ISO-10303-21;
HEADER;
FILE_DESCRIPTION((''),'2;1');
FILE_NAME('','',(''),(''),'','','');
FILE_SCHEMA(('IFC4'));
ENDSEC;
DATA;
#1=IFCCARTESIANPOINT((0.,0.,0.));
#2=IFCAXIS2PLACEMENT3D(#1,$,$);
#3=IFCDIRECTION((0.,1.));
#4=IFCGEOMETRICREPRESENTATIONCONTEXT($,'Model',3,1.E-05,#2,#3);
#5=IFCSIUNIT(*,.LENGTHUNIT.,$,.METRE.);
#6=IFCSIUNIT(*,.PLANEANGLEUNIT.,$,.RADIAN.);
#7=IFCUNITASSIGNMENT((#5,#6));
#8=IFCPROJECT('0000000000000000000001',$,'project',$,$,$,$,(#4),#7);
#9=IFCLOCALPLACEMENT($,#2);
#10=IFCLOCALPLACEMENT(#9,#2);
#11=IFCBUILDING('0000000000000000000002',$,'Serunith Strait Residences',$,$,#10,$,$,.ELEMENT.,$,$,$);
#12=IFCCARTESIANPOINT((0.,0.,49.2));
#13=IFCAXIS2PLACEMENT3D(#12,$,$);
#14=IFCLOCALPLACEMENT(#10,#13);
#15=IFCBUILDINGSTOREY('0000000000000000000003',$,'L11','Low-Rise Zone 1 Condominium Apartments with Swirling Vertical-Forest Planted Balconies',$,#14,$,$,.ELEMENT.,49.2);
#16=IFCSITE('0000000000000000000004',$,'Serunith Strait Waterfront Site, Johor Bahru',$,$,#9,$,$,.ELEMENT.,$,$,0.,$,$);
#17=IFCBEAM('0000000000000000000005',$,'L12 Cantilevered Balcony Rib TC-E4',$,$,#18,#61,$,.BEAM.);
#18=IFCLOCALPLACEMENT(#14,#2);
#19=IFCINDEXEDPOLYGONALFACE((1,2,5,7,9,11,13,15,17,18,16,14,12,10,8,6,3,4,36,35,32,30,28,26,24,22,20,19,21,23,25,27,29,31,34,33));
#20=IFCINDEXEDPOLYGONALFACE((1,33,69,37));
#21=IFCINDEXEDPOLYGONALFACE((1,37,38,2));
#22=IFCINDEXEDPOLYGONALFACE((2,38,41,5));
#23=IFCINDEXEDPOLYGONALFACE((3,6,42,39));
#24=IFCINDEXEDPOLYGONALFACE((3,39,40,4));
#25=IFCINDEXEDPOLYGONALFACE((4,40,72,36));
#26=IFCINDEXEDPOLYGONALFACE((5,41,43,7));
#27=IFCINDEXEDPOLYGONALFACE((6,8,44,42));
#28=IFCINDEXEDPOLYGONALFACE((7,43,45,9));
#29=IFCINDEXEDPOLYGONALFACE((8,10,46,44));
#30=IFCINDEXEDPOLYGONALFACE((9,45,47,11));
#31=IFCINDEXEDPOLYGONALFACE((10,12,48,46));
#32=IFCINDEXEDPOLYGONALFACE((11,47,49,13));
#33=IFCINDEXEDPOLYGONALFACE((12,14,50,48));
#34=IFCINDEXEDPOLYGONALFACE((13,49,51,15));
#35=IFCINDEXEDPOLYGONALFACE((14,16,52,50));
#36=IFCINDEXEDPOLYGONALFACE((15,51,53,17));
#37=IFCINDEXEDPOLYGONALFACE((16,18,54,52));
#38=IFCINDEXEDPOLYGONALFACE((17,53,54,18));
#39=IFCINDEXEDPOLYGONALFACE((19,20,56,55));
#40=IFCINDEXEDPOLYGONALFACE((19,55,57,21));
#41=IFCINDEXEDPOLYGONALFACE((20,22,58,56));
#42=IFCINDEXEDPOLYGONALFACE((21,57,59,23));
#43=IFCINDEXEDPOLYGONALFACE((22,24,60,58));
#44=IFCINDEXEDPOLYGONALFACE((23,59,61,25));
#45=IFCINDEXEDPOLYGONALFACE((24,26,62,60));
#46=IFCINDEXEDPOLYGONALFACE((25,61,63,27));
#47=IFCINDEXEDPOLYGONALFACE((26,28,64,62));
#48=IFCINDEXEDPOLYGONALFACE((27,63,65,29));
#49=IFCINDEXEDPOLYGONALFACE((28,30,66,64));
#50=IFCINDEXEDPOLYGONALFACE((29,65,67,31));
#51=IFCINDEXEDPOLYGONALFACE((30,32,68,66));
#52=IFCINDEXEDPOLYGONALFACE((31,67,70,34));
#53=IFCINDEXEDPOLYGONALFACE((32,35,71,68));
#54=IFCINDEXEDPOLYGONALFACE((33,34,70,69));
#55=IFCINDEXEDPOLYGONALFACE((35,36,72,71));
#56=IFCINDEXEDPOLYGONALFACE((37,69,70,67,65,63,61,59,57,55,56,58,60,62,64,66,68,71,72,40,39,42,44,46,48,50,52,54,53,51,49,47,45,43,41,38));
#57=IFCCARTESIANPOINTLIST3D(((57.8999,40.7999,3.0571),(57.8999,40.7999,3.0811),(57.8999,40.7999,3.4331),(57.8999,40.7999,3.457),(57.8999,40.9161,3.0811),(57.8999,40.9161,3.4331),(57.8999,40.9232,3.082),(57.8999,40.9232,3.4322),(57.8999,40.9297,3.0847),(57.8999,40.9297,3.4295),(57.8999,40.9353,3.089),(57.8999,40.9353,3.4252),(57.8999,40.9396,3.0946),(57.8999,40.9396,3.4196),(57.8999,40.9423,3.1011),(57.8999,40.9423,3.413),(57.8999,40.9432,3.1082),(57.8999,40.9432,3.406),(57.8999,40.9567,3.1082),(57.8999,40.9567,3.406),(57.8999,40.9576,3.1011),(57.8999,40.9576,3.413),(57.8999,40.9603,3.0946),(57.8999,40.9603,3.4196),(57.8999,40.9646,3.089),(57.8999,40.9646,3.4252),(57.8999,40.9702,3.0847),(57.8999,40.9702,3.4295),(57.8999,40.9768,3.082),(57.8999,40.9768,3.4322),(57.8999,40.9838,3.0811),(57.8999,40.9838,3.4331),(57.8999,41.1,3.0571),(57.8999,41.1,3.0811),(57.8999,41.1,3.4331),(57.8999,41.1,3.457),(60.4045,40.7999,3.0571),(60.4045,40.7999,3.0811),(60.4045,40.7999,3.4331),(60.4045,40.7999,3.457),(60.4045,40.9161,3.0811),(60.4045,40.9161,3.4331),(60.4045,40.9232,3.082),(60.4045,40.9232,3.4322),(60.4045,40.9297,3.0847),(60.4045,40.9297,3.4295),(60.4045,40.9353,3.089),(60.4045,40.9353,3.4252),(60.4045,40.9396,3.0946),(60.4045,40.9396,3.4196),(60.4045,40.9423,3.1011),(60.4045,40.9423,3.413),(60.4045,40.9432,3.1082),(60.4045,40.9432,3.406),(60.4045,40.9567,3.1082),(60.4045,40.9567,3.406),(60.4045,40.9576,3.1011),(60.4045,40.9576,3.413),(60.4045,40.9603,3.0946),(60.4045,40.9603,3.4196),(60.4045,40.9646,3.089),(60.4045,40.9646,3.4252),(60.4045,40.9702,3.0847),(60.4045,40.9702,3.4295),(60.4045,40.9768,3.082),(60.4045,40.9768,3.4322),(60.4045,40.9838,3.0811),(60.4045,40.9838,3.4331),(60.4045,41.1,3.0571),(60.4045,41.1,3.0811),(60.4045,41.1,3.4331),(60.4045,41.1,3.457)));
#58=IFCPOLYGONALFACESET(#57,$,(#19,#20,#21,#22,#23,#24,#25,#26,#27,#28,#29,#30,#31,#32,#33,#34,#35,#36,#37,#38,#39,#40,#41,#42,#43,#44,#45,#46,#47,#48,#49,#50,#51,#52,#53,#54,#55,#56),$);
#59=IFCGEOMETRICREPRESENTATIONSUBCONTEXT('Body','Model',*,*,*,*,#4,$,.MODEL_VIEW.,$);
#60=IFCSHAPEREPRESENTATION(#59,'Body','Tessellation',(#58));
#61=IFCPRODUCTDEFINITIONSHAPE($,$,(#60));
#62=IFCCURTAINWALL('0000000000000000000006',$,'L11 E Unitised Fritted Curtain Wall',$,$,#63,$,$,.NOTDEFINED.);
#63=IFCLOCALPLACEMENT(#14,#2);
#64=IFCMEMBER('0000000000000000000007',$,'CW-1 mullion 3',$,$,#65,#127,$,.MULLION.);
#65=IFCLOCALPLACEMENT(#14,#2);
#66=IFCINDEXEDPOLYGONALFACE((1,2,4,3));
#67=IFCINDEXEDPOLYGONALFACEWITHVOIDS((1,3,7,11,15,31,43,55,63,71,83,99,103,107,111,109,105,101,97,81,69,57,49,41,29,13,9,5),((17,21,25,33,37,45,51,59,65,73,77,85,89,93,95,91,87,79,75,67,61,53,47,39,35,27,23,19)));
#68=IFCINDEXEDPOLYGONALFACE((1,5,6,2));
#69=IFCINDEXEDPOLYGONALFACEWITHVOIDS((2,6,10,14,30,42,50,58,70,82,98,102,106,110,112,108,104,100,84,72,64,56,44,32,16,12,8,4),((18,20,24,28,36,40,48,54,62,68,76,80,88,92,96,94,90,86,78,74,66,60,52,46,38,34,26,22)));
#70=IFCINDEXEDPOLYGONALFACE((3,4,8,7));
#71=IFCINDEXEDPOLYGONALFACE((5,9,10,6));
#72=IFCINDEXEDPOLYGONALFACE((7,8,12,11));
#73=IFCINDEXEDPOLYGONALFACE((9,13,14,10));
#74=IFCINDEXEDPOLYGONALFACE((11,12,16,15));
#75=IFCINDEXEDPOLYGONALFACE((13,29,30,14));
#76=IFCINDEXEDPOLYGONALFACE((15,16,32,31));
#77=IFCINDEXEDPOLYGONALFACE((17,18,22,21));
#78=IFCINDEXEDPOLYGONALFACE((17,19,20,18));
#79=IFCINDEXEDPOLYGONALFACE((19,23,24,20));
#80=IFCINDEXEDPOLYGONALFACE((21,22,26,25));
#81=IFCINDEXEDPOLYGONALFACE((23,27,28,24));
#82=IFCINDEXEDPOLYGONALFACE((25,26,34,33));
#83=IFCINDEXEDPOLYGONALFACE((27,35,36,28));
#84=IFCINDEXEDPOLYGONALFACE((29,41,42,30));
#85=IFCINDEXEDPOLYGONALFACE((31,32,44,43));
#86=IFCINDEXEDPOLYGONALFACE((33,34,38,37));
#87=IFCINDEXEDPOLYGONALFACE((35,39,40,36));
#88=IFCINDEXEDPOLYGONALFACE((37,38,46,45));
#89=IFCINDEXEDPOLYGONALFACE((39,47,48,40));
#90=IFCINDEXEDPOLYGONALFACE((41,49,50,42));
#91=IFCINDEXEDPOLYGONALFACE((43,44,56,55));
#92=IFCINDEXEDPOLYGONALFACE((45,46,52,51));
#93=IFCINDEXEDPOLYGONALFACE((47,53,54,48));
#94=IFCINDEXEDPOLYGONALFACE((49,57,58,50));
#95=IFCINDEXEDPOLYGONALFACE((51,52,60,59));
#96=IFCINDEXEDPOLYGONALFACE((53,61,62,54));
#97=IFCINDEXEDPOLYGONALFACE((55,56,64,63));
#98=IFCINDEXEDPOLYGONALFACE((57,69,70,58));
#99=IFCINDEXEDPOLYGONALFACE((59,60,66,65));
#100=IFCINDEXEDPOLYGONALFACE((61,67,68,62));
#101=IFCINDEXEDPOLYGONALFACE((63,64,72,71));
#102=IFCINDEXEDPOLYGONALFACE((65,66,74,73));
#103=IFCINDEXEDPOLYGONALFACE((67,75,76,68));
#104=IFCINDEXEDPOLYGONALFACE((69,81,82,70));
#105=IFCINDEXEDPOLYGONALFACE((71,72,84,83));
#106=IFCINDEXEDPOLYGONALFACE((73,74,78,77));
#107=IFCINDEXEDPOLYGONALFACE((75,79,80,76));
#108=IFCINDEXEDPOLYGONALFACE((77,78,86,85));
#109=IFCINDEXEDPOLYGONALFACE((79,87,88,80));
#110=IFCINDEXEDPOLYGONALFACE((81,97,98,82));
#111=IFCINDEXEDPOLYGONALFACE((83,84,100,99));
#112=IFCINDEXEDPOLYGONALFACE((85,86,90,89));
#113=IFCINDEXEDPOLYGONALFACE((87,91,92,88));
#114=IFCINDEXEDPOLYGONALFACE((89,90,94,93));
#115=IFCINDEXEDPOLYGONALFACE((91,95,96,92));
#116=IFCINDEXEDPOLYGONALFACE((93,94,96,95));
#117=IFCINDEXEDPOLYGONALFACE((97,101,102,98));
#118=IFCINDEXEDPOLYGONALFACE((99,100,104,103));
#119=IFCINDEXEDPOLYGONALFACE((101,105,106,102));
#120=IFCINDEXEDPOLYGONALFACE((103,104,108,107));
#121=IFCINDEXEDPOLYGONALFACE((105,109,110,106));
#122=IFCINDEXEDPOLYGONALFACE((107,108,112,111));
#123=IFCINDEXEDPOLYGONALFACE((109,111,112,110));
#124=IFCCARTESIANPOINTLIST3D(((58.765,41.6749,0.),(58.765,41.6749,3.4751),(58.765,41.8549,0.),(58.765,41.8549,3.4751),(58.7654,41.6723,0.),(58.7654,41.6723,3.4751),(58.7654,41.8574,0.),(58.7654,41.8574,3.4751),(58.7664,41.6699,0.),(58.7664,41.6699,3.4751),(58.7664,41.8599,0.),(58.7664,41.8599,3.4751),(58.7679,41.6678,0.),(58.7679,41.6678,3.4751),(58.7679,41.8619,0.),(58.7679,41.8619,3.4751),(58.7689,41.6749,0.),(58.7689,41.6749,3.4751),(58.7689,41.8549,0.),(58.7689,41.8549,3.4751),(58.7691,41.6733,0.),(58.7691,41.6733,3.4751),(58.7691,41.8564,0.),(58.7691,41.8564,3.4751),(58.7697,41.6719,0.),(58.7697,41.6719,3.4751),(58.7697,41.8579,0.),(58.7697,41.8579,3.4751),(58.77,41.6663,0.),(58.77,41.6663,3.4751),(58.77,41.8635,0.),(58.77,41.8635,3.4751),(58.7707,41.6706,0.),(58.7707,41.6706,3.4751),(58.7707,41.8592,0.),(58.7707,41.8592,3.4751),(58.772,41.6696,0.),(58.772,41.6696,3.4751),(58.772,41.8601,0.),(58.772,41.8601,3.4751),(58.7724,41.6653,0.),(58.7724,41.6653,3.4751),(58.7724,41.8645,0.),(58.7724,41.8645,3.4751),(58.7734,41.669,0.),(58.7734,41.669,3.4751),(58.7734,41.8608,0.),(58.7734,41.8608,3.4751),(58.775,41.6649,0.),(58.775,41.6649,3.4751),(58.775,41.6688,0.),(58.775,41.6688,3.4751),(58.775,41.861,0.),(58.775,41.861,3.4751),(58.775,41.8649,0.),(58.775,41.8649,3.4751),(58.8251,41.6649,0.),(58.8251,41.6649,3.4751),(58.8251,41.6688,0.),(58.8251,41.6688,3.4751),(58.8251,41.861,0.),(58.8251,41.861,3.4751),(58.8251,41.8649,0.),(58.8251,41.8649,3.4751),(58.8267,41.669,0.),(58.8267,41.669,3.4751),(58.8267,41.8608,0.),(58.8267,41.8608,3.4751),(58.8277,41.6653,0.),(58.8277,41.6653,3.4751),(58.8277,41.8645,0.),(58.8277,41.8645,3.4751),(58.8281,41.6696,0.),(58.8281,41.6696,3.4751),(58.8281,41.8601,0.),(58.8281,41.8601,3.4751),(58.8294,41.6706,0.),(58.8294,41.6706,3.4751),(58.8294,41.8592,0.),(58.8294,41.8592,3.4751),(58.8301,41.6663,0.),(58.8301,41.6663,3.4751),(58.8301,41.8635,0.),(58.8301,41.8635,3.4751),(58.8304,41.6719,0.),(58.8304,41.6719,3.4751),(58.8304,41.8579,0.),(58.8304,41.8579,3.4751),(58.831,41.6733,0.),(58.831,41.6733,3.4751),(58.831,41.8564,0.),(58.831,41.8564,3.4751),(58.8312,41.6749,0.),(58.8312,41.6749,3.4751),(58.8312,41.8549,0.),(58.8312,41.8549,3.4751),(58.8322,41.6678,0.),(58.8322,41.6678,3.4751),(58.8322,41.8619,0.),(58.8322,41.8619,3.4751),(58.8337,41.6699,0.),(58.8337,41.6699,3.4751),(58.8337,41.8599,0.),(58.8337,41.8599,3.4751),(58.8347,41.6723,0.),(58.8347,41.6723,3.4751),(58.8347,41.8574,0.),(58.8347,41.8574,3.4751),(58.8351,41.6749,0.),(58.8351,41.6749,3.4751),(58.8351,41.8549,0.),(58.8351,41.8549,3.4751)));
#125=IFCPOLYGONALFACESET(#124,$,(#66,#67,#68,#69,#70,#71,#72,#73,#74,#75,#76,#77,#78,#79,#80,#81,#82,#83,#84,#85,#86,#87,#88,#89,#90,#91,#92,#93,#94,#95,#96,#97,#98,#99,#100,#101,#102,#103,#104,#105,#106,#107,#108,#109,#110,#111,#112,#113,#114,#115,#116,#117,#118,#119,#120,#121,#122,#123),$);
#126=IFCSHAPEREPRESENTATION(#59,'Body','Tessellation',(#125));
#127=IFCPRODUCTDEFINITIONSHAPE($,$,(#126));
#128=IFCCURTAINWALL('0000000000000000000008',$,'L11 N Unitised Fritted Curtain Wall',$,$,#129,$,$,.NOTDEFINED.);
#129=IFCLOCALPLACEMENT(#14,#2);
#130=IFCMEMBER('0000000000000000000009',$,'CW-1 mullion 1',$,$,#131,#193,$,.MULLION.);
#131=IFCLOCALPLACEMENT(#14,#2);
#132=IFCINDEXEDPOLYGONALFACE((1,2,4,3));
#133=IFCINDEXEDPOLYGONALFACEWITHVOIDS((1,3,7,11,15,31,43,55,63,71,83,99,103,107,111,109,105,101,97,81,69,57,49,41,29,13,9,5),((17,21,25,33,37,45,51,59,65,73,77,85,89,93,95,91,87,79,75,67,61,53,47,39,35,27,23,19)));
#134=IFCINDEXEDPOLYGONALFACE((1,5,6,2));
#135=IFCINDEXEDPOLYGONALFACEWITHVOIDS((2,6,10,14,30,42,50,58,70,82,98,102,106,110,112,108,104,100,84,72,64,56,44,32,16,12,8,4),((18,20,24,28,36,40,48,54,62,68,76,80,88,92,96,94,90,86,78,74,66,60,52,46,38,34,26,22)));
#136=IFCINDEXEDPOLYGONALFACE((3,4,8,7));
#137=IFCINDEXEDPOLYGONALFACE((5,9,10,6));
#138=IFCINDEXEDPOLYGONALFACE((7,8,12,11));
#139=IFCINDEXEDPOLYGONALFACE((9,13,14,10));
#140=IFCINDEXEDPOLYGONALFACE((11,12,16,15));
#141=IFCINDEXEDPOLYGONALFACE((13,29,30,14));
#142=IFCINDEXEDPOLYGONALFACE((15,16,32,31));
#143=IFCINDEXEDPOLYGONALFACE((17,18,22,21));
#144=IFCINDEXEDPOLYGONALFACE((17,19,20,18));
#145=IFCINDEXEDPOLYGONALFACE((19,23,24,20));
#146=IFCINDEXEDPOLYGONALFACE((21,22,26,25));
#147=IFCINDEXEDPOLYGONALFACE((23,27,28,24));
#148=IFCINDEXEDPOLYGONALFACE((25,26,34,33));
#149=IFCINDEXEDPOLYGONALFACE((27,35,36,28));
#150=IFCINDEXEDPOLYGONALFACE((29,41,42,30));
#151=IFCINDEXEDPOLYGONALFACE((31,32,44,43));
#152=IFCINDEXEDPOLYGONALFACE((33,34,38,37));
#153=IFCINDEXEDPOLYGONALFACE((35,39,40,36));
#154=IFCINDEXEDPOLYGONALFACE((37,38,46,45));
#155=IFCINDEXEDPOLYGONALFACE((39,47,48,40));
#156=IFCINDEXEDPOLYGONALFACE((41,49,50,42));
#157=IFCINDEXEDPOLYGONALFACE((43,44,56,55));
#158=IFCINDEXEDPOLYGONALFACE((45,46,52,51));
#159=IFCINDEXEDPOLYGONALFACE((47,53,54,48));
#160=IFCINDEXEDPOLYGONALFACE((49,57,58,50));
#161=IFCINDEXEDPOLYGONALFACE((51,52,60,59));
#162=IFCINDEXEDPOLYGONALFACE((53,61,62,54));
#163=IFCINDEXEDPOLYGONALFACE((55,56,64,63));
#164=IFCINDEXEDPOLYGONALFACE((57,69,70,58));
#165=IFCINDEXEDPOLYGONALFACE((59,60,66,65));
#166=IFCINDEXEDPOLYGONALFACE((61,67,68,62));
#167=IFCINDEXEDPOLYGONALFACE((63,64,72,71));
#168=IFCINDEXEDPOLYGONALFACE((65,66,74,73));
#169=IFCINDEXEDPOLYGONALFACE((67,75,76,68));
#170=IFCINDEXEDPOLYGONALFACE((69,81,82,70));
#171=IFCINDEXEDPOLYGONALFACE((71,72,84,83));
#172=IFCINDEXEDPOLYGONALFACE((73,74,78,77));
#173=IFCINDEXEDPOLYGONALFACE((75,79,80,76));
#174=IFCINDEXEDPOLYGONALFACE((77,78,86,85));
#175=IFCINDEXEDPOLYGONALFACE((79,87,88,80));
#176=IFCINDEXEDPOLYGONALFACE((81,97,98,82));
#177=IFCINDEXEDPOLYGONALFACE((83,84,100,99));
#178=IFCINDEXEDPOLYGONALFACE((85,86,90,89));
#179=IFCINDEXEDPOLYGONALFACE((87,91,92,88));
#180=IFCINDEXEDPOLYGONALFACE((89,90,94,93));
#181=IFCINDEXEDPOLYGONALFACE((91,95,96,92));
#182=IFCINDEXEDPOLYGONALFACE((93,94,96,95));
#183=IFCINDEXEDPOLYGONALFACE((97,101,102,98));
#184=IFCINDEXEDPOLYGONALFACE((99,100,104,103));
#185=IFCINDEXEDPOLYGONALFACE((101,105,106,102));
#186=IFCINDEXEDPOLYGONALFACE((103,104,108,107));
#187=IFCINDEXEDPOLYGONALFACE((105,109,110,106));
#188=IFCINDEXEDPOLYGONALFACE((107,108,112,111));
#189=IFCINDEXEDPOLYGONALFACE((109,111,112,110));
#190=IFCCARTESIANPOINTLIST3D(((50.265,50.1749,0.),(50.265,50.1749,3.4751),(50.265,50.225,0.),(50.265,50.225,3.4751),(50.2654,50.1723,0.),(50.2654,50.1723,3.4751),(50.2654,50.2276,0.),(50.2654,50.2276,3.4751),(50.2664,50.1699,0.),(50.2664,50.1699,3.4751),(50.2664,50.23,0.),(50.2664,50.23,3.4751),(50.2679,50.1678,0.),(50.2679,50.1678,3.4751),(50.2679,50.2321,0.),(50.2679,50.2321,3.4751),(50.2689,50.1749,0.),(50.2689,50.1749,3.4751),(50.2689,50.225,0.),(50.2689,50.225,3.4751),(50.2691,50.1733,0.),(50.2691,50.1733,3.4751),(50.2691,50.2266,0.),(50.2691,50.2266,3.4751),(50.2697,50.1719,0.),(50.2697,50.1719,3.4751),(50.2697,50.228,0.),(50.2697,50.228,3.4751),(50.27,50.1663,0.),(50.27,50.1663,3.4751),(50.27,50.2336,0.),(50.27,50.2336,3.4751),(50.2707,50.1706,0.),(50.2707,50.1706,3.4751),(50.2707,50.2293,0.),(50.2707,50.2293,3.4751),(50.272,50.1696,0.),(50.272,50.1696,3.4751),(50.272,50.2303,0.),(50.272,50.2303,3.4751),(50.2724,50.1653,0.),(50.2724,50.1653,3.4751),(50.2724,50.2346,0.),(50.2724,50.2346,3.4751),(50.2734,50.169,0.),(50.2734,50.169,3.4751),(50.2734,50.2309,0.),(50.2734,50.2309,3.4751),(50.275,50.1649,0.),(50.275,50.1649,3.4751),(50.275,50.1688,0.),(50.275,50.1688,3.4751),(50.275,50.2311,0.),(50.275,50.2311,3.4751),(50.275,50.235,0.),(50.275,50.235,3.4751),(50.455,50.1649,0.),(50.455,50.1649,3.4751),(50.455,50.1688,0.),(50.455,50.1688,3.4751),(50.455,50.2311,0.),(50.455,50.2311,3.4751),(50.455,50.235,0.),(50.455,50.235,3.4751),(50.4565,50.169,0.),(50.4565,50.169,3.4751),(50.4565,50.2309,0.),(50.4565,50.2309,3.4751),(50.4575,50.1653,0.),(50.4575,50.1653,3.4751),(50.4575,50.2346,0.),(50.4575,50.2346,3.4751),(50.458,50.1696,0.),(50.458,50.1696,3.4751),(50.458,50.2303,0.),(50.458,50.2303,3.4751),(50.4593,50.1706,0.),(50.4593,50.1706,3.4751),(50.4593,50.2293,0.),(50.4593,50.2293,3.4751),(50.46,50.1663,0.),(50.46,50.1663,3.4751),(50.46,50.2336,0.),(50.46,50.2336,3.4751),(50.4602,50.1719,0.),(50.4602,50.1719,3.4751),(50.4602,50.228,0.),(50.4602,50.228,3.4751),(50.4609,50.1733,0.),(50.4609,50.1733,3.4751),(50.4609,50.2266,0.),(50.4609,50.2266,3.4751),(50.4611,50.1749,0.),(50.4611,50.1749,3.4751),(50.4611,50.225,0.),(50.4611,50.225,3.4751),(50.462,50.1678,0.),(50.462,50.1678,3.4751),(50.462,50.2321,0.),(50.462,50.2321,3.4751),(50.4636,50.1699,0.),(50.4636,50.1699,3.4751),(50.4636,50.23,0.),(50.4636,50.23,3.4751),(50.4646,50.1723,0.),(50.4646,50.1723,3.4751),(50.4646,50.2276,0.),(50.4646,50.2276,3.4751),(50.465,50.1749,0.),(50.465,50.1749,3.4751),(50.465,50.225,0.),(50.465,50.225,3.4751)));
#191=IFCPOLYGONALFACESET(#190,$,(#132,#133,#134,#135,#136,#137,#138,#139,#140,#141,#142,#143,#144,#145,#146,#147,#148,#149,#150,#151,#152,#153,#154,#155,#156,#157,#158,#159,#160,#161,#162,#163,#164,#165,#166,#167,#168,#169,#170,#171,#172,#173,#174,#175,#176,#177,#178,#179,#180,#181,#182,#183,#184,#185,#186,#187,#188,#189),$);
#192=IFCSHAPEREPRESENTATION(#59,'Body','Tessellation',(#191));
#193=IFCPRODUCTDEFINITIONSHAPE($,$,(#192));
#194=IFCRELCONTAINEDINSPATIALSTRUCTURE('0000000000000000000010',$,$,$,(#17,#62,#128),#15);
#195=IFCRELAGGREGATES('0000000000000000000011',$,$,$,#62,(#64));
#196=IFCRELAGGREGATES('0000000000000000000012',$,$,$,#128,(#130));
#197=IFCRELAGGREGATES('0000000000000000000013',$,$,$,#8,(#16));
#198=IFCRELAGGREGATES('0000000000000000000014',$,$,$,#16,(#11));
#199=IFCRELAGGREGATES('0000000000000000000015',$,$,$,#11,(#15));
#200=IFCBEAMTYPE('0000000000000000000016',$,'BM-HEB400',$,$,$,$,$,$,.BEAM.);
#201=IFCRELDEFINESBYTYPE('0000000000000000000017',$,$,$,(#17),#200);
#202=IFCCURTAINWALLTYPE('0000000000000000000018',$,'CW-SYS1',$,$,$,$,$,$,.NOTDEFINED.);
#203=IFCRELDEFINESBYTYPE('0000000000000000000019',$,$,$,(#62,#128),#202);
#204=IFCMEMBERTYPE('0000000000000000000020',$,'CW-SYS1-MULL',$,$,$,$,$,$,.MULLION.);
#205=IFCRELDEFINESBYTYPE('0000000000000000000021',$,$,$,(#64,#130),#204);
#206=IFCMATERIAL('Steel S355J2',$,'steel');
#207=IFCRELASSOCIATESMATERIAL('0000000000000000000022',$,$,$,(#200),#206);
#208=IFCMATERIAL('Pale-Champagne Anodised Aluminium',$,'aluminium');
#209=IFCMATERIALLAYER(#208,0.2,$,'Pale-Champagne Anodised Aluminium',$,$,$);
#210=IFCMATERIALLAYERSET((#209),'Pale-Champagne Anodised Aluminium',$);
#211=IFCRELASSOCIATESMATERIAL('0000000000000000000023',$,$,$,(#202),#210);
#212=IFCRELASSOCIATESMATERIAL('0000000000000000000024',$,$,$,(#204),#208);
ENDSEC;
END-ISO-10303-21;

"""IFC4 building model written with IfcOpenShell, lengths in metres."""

from ifc_helpers import new_model, si_unit, direction, frame, origin, origin_2d, place, context, subcontext, project, spatial, hollow_rectangle, i_section, extrude, source, transform, mapped, material, layer, layer_set, material_profile, profile_set, type_object, element, aggregate, save


model = new_model("IFC4")

# Units and contexts
model_context = context("Model", 3, precision=1e-05, world=origin(), true_north=direction((0.0, 1.0)))
body_context = subcontext(model_context, "Body", "Model", "MODEL_VIEW")
ifc_project = project(units=[si_unit("LENGTHUNIT", "METRE"), si_unit("PLANEANGLEUNIT", "RADIAN")], contexts=[model_context])

# Site, building, storey
site_placement = place(None, origin())
site = spatial("IfcSite", under=ifc_project, at=site_placement, Name="Serunith Strait Waterfront Site, Johor Bahru", CompositionType="ELEMENT", RefElevation=0.0)
building_placement = place(site_placement, origin())
building = spatial("IfcBuilding", under=site, at=building_placement, Name="Serunith Strait Residences", CompositionType="ELEMENT")
storey_placement = place(building_placement, frame((0.0, 0.0, 49.2)))
storey = spatial("IfcBuildingStorey", under=building, at=storey_placement, Name="L11", Description="Low-Rise Zone 1 Condominium Apartments with Swirling Vertical-Forest Planted Balconies", CompositionType="ELEMENT", Elevation=49.2)

# Beam
ifc_material_1 = material(Name="Steel S355J2", Category="steel")
ifc_material_profile_1 = material_profile(ifc_material_1, i_section(OverallWidth=0.3, OverallDepth=0.3999, WebThickness=0.0134, FlangeThickness=0.0239, FilletRadius=0.0271, at=origin_2d()), Name="HEB 400")
ifc_profile_set_1 = profile_set([ifc_material_profile_1], Name="Steel S355J2")
beam_type_1 = type_object("IfcBeamType", Name="BM-HEB400", PredefinedType="BEAM", material=ifc_profile_set_1)
shared_shape_1 = source(origin(), body_context, "Body", "SweptSolid", [
    extrude(i_section(OverallWidth=0.3, OverallDepth=0.3999, WebThickness=0.0134, FlangeThickness=0.0239, FilletRadius=0.0271, at=origin_2d()), origin(), (0.0, 0.0, 1.0), 2.5046),
])
beam_1_placement = place(storey_placement, frame((57.8999, 40.95, 3.2571), z_axis=(1.0, 0.0, 0.0), x_axis=(0.0, 1.0, 0.0)))
element("IfcBeam", 1, at=beam_1_placement, inside=storey, type_object=beam_type_1, Name="L12 Cantilevered Balcony Rib TC-E4", PredefinedType="BEAM", context=body_context, shape_type="MappedRepresentation", body=[
    mapped(shared_shape_1, transform((0.0, 0.0, 0.0), scale=1.0)),
])

# Curtain wall, member
ifc_material_2 = material(Name="Pale-Champagne Anodised Aluminium", Category="aluminium")
ifc_layer_1 = layer(ifc_material_2, 0.2, Name="Pale-Champagne Anodised Aluminium")
ifc_layer_set_1 = layer_set([ifc_layer_1], Name="Pale-Champagne Anodised Aluminium")
curtain_wall_type = type_object("IfcCurtainWallType", Name="CW-SYS1", PredefinedType="NOTDEFINED", material=ifc_layer_set_1)
curtain_wall_1_placement = place(storey_placement, origin())
curtain_wall_1 = element("IfcCurtainWall", 2, at=curtain_wall_1_placement, inside=storey, type_object=curtain_wall_type, Name="L11 E Unitised Fritted Curtain Wall", PredefinedType="NOTDEFINED")
ifc_material_profile_2 = material_profile(ifc_material_2, hollow_rectangle(XDim=0.0701, YDim=0.2, WallThickness=0.0039, InnerFilletRadius=0.0061, OuterFilletRadius=0.01, at=origin_2d()), Name="ALU 200x70x4")
ifc_profile_set_2 = profile_set([ifc_material_profile_2], Name="Pale-Champagne Anodised Aluminium")
member_type_1 = type_object("IfcMemberType", Name="CW-SYS1-MULL", PredefinedType="MULLION", material=ifc_profile_set_2)
shared_shape_2 = source(origin(), body_context, "Body", "SweptSolid", [
    extrude(hollow_rectangle(XDim=0.0701, YDim=0.2, WallThickness=0.0039, InnerFilletRadius=0.0061, OuterFilletRadius=0.01, at=origin_2d()), origin(), (0.0, 0.0, 1.0), 3.4751),
])
member_1_placement = place(storey_placement, frame((58.8, 41.7649, 0.0), z_axis=(0.0, 0.0, 1.0), x_axis=(-1.0, 0.0, 0.0)))
member_1 = element("IfcMember", 3, at=member_1_placement, type_object=member_type_1, Name="CW-1 mullion 3", PredefinedType="MULLION", context=body_context, shape_type="MappedRepresentation", body=[
    mapped(shared_shape_2, transform((0.0, 0.0, 0.0), scale=1.0)),
])
aggregate(curtain_wall_1, [member_1])

# Curtain wall, member
curtain_wall_2_placement = place(storey_placement, origin())
curtain_wall_2 = element("IfcCurtainWall", 4, at=curtain_wall_2_placement, inside=storey, type_object=curtain_wall_type, Name="L11 N Unitised Fritted Curtain Wall", PredefinedType="NOTDEFINED")
member_2_placement = place(storey_placement, frame((50.365, 50.2, 0.0), z_axis=(0.0, 0.0, 1.0), x_axis=(0.0, -1.0, 0.0)))
member_2 = element("IfcMember", 5, at=member_2_placement, type_object=member_type_1, Name="CW-1 mullion 1", PredefinedType="MULLION", context=body_context, shape_type="MappedRepresentation", body=[
    mapped(shared_shape_2, transform((0.0, 0.0, 0.0), scale=1.0)),
])
aggregate(curtain_wall_2, [member_2])

save(model, "model.ifc")
